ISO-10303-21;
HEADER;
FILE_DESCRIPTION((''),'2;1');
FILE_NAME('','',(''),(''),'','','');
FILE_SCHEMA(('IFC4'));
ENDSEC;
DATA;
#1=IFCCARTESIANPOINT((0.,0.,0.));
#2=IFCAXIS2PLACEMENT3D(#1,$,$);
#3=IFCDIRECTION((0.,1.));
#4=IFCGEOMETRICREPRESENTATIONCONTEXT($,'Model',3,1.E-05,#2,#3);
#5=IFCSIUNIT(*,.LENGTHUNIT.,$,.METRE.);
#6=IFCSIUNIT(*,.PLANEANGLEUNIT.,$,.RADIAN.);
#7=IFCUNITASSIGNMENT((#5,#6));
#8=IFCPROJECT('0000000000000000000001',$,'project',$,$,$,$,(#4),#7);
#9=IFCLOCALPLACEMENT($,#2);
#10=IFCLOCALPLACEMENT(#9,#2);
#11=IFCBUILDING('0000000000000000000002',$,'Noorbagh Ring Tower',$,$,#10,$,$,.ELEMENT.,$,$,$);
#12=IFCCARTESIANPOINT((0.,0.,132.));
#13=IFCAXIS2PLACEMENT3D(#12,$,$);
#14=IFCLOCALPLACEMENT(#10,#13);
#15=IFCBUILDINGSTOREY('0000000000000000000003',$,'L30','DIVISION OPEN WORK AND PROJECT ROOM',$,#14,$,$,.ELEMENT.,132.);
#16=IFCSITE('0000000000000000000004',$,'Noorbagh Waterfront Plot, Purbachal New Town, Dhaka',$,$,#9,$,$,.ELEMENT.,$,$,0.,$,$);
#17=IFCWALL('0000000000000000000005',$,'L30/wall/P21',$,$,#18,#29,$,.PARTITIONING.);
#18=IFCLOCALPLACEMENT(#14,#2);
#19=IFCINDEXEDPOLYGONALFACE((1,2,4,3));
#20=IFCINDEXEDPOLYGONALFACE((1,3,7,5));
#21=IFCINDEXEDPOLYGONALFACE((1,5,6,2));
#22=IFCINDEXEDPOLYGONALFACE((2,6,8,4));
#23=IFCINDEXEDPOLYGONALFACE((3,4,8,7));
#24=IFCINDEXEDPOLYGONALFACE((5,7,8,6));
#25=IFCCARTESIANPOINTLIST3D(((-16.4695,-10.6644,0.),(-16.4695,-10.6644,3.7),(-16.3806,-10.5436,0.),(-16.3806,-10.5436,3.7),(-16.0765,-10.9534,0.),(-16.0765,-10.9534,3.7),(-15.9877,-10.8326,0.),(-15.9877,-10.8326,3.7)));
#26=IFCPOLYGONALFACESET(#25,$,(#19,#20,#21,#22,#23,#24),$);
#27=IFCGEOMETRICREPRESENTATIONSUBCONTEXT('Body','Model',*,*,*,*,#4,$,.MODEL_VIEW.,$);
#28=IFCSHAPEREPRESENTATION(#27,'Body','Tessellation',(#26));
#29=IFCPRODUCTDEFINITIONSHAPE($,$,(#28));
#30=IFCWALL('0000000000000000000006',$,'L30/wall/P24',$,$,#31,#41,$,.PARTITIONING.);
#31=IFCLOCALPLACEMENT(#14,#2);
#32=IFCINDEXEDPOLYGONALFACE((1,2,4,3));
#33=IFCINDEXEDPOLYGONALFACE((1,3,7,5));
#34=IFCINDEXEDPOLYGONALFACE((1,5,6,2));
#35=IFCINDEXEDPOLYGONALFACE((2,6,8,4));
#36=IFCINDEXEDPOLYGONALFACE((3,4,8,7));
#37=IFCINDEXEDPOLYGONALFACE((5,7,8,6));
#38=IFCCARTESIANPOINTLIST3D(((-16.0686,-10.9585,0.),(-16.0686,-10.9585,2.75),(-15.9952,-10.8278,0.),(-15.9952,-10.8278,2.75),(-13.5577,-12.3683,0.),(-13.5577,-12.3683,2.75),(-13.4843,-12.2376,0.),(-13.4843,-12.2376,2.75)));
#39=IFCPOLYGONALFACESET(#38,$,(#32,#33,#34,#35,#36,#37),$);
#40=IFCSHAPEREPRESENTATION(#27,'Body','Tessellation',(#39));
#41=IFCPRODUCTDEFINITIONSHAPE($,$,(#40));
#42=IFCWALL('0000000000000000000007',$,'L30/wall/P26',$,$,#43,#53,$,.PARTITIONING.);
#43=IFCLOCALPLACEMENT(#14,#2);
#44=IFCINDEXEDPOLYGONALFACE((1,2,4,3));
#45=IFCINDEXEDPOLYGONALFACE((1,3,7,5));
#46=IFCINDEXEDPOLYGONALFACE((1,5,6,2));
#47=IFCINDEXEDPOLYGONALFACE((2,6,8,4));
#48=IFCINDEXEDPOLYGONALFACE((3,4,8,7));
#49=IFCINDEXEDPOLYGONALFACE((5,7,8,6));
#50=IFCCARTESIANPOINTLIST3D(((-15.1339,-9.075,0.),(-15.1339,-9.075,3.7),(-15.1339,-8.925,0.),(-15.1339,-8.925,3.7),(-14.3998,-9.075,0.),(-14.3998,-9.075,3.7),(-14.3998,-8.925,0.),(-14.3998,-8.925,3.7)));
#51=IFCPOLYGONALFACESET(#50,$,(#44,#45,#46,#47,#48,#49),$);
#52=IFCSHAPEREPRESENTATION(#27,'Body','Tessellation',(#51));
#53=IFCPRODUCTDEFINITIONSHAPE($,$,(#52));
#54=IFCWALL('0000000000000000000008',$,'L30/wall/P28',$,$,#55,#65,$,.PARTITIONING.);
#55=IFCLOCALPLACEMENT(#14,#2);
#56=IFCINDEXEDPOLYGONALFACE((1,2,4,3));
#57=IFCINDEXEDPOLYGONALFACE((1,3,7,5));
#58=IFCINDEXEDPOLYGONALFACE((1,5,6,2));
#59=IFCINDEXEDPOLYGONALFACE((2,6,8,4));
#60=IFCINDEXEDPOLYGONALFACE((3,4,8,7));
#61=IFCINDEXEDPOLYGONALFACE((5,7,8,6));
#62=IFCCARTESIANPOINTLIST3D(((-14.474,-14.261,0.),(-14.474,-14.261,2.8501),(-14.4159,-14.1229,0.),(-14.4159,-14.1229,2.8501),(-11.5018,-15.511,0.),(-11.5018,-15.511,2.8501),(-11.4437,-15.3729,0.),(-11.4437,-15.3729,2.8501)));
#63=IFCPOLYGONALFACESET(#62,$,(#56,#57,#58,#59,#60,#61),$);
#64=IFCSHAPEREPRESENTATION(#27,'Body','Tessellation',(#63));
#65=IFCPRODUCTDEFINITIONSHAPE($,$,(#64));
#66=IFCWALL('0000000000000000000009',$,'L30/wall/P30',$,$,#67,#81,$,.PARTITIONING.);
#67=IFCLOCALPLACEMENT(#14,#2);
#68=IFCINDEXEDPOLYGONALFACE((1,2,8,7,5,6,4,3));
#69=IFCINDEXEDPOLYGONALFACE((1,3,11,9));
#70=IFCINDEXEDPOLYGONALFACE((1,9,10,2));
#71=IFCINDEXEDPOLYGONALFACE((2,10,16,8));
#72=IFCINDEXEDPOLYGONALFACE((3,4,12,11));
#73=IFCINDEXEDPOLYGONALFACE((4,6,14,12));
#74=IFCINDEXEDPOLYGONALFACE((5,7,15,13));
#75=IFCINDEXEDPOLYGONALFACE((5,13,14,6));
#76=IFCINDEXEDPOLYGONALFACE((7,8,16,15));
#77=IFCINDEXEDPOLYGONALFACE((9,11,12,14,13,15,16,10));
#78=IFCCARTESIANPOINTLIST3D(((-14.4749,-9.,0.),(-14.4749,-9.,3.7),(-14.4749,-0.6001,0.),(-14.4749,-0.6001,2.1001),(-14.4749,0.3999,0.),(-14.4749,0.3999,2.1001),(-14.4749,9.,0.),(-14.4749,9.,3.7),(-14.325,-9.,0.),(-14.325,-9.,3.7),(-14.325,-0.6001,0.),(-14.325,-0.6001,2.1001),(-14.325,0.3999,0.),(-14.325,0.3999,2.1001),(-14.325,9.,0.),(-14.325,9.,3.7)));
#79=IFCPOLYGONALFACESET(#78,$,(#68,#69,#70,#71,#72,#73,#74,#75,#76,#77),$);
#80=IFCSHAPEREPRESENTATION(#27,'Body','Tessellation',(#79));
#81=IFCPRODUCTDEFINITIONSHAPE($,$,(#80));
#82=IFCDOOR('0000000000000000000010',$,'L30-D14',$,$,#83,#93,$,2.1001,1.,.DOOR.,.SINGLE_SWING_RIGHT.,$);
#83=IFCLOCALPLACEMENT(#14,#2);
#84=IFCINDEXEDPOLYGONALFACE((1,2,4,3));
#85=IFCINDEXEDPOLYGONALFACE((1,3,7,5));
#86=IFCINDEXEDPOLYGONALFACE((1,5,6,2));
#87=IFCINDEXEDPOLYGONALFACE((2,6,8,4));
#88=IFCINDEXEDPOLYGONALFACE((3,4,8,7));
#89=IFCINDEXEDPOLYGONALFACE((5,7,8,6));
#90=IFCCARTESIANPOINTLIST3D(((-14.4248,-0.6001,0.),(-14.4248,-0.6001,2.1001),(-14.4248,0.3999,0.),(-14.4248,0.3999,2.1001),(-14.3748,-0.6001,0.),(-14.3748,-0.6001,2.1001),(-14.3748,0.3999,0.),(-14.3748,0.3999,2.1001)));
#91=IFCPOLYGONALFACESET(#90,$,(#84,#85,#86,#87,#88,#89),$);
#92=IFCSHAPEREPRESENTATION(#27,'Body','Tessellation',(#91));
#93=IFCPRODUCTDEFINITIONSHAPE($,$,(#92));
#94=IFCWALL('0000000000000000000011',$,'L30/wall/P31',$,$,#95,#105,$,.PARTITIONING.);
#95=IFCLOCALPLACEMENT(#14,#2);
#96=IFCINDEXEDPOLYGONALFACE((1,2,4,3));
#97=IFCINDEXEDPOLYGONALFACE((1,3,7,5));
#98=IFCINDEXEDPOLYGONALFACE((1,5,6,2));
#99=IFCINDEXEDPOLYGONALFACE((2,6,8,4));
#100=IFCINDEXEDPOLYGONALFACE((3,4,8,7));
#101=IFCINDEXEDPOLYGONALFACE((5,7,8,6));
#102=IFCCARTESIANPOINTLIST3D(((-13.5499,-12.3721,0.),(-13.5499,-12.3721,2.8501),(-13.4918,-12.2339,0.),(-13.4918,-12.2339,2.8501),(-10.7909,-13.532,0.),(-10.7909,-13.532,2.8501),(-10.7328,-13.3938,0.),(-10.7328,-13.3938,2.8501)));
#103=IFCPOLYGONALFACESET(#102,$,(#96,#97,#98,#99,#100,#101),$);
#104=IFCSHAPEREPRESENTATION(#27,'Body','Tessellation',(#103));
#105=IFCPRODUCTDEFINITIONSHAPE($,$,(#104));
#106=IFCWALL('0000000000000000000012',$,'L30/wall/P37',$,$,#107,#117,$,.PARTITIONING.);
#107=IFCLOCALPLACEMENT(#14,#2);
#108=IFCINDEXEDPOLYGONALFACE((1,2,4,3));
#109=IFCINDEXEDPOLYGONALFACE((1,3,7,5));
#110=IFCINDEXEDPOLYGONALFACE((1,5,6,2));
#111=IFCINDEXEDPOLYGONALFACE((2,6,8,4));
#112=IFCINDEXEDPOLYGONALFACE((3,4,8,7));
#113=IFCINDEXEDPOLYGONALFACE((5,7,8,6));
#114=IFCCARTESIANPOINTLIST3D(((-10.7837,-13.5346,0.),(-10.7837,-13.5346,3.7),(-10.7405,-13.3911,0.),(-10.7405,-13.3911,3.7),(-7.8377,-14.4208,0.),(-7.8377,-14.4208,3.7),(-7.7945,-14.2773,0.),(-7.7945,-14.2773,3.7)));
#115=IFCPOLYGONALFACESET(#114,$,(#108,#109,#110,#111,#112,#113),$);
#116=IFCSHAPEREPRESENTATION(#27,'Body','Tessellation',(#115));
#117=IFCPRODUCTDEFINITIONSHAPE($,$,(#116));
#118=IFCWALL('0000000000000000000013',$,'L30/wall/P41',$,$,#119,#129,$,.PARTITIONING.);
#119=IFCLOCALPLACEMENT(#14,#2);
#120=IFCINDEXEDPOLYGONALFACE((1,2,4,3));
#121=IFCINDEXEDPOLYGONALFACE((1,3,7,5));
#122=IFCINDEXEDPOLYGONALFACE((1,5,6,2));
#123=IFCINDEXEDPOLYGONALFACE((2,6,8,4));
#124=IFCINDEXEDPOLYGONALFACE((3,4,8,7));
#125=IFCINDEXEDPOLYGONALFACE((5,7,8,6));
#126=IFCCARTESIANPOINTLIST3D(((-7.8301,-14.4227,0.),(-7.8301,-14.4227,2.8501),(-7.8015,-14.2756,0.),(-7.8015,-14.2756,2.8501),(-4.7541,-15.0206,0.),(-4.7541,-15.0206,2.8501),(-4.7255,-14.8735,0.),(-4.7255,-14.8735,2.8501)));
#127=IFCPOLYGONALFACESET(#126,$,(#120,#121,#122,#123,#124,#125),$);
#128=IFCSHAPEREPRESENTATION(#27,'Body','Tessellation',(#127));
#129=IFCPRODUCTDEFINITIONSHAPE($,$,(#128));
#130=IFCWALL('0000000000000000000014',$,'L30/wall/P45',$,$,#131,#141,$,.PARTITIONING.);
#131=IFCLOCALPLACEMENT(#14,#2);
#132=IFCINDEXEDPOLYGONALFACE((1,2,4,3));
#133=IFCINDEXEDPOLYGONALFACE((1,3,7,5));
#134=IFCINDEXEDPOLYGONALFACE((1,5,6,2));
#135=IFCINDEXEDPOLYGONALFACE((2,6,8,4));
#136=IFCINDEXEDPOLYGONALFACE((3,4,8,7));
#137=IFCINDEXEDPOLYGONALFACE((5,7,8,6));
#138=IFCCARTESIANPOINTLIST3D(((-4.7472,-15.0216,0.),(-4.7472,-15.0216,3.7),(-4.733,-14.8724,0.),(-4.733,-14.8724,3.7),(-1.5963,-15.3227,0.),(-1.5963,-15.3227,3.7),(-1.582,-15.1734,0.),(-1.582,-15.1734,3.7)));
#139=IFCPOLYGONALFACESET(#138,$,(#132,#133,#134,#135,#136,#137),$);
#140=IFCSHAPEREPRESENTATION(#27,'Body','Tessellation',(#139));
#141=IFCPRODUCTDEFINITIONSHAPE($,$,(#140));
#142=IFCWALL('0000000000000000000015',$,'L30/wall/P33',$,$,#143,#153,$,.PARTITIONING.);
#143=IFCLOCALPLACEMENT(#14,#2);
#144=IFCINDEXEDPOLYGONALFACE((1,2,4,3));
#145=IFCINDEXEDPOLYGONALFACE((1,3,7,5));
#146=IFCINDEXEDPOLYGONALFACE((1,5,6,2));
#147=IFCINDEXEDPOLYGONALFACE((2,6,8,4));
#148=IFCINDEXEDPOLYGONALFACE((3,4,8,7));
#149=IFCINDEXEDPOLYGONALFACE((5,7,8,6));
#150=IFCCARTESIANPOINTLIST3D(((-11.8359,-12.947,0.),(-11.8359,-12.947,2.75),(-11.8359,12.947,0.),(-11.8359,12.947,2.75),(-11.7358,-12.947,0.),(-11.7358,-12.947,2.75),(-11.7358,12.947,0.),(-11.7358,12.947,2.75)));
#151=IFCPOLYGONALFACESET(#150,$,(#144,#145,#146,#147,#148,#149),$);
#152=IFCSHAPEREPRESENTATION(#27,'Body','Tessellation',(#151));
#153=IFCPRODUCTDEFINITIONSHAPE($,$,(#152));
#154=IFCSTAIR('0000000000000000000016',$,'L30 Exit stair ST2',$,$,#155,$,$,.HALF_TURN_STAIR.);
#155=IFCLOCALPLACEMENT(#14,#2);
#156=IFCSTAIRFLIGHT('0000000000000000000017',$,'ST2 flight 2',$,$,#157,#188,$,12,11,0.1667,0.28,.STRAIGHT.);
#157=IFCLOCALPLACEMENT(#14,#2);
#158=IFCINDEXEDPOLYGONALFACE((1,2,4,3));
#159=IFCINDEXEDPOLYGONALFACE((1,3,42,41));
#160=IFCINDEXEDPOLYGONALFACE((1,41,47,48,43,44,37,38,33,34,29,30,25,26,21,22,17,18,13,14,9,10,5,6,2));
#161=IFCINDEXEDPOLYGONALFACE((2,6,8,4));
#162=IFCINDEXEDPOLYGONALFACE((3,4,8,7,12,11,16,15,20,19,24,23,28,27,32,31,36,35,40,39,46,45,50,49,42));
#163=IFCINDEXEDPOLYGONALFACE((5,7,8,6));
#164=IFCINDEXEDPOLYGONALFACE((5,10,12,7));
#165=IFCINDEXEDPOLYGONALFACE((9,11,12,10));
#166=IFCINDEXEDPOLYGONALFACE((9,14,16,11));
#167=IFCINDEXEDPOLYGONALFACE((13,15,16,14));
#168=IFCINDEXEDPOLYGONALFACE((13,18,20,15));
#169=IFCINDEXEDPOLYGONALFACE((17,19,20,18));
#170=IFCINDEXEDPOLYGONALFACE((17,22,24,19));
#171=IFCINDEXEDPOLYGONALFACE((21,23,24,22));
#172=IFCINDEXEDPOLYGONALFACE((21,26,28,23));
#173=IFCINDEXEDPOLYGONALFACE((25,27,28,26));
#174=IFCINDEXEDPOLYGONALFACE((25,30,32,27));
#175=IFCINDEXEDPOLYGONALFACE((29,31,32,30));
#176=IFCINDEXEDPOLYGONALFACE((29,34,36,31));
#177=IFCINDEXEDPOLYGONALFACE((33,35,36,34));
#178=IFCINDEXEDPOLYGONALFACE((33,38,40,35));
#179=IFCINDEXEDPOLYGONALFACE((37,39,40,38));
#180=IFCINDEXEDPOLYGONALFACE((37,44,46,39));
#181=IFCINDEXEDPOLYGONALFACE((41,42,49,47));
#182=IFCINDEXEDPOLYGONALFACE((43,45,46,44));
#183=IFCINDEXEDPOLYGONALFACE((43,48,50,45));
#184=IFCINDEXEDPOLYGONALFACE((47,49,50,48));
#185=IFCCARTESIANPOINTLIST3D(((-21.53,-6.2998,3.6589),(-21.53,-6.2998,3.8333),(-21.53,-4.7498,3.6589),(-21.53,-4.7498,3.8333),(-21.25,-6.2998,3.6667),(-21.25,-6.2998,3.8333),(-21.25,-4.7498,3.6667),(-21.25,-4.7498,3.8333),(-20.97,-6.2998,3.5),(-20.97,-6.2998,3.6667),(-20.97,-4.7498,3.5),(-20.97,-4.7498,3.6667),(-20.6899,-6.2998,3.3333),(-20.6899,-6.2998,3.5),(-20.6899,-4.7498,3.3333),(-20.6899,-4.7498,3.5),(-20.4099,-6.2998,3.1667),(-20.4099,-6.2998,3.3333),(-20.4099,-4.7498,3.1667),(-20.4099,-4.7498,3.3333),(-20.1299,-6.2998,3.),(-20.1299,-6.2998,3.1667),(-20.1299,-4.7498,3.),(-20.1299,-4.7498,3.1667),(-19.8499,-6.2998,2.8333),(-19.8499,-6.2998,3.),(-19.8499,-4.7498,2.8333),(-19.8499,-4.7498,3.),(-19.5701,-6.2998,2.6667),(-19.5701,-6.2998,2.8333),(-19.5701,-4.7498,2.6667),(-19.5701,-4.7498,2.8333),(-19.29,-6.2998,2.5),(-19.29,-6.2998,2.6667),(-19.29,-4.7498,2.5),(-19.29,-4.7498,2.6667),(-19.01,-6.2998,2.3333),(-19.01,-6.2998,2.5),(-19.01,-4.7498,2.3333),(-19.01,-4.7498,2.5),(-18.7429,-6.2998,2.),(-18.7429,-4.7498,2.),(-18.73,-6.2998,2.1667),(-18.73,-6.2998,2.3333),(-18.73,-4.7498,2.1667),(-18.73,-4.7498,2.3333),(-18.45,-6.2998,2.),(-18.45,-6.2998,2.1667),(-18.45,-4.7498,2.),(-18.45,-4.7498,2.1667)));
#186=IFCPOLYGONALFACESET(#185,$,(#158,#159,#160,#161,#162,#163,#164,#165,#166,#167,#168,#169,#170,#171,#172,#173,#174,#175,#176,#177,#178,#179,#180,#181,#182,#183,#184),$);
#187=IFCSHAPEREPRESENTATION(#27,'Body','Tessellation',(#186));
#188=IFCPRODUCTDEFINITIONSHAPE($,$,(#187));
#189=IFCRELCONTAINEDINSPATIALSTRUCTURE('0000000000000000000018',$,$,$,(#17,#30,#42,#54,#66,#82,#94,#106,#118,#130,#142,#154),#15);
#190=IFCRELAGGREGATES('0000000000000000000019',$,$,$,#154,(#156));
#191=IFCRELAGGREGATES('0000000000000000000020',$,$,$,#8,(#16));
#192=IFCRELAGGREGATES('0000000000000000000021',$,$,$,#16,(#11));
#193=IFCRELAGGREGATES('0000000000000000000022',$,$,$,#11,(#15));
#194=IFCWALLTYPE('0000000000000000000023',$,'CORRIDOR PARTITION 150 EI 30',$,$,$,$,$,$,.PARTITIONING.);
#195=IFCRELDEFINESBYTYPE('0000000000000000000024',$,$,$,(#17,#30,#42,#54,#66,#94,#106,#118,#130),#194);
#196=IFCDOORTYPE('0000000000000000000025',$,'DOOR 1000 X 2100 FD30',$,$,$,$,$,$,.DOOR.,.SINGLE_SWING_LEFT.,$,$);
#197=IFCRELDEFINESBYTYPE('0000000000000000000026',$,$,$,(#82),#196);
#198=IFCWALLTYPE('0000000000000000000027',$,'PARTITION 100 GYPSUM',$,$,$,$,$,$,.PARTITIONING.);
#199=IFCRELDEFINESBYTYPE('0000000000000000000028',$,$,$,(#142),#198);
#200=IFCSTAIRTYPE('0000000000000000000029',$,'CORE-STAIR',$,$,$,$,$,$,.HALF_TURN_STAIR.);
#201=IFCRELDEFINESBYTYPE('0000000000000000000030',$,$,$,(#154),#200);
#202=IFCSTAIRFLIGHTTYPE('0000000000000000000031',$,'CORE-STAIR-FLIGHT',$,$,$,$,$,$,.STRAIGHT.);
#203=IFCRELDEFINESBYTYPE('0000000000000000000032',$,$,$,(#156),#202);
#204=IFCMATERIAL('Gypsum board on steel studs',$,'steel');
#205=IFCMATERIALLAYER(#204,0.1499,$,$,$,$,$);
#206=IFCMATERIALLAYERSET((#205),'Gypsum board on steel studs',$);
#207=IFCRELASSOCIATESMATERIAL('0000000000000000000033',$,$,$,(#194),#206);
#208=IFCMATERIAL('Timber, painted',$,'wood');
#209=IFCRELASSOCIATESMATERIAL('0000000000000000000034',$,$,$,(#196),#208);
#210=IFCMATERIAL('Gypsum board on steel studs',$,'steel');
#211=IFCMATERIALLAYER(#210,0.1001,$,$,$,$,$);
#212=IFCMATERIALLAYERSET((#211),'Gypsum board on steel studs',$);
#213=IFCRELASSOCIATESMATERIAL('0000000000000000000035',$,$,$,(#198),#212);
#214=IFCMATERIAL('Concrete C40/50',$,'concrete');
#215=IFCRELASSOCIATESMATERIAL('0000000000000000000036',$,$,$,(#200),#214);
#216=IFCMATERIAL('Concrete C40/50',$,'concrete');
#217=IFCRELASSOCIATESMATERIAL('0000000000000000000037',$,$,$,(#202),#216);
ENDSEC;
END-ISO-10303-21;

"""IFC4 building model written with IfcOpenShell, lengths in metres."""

from ifc_helpers import new_model, si_unit, direction, frame, frame_2d, origin, place, context, subcontext, project, spatial, polyline, rectangle, outline, extrude, material, layer, layer_set, type_object, element, fill, aggregate, save


model = new_model("IFC4")

# Units and contexts
model_context = context("Model", 3, precision=1e-05, world=origin(), true_north=direction((0.0, 1.0)))
body_context = subcontext(model_context, "Body", "Model", "MODEL_VIEW")
ifc_project = project(units=[si_unit("LENGTHUNIT", "METRE"), si_unit("PLANEANGLEUNIT", "RADIAN")], contexts=[model_context])

# Site, building, storey
site_placement = place(None, origin())
site = spatial("IfcSite", under=ifc_project, at=site_placement, Name="Noorbagh Waterfront Plot, Purbachal New Town, Dhaka", CompositionType="ELEMENT", RefElevation=0.0)
building_placement = place(site_placement, origin())
building = spatial("IfcBuilding", under=site, at=building_placement, Name="Noorbagh Ring Tower", CompositionType="ELEMENT")
storey_placement = place(building_placement, frame((0.0, 0.0, 132.0)))
storey = spatial("IfcBuildingStorey", under=building, at=storey_placement, Name="L30", Description="DIVISION OPEN WORK AND PROJECT ROOM", CompositionType="ELEMENT", Elevation=132.0)

# Walls
ifc_material_1 = material(Name="Gypsum board on steel studs", Category="steel")
ifc_layer_1 = layer(ifc_material_1, 0.1499)
ifc_layer_set_1 = layer_set([ifc_layer_1], Name="Gypsum board on steel studs")
wall_type_1 = type_object("IfcWallType", Name="CORRIDOR PARTITION 150 EI 30", PredefinedType="PARTITIONING", material=ifc_layer_set_1)
wall_1_placement = place(storey_placement, frame((-16.425, -10.604, 0.0), z_axis=(0.0, 0.0, 1.0), x_axis=(0.805609, -0.592448, 0.0)))
element("IfcWall", 1, at=wall_1_placement, inside=storey, type_object=wall_type_1, Name="L30/wall/P21", PredefinedType="PARTITIONING", context=body_context, shape_type="SweptSolid", body=[
    extrude(rectangle(XDim=0.4878, YDim=0.1499, at=frame_2d((0.2439, 0.0))), origin(), (0.0, 0.0, 1.0), 3.7),
])
wall_2_placement = place(storey_placement, frame((-16.032, -10.8931, 0.0), z_axis=(0.0, 0.0, 1.0), x_axis=(0.871949, -0.489597, 0.0)))
element("IfcWall", 2, at=wall_2_placement, inside=storey, type_object=wall_type_1, Name="L30/wall/P24", PredefinedType="PARTITIONING", context=body_context, shape_type="SweptSolid", body=[
    extrude(rectangle(XDim=2.8796, YDim=0.1499, at=frame_2d((1.4399, 0.0))), origin(), (0.0, 0.0, 1.0), 2.75),
])
wall_3_placement = place(storey_placement, frame((-15.134, -9.0, 0.0), z_axis=(0.0, 0.0, 1.0), x_axis=(1.0, 0.0, 0.0)))
element("IfcWall", 3, at=wall_3_placement, inside=storey, type_object=wall_type_1, Name="L30/wall/P26", PredefinedType="PARTITIONING", context=body_context, shape_type="SweptSolid", body=[
    extrude(rectangle(XDim=0.7341, YDim=0.1499, at=frame_2d((0.3672, 0.0))), origin(), (0.0, 0.0, 1.0), 3.7),
])
wall_4_placement = place(storey_placement, frame((-14.4451, -14.1919, 0.0), z_axis=(0.0, 0.0, 1.0), x_axis=(0.921795, -0.387678, 0.0)))
element("IfcWall", 4, at=wall_4_placement, inside=storey, type_object=wall_type_1, Name="L30/wall/P28", PredefinedType="PARTITIONING", context=body_context, shape_type="SweptSolid", body=[
    extrude(rectangle(XDim=3.2244, YDim=0.1499, at=frame_2d((1.6123, 0.0))), origin(), (0.0, 0.0, 1.0), 2.8501),
])

# Wall, opening, door
wall_5_placement = place(storey_placement, frame((-14.3999, -9.0, 0.0), z_axis=(0.0, 0.0, 1.0), x_axis=(0.0, 1.0, 0.0)))
wall_5 = element("IfcWall", 5, at=wall_5_placement, inside=storey, type_object=wall_type_1, Name="L30/wall/P30", PredefinedType="PARTITIONING", context=body_context, shape_type="SweptSolid", body=[
    extrude(rectangle(XDim=18.0, YDim=0.1499, at=frame_2d((9.0, 0.0))), origin(), (0.0, 0.0, 1.0), 3.7),
])
opening_1_placement = place(wall_5_placement, frame((8.3999, 0.0, 0.0)))
opening_1 = element("IfcOpeningElement", 6, at=opening_1_placement, cuts=wall_5, PredefinedType="OPENING", context=body_context, shape_type="SweptSolid", body=[
    extrude(rectangle(XDim=1.0, YDim=2.1001, at=frame_2d((0.5, 1.05))), frame((0.0, 0.085, 0.0), z_axis=(0.0, -1.0, 0.0), x_axis=(1.0, 0.0, 0.0)), (0.0, 0.0, 1.0), 0.1699),
])
ifc_material_2 = material(Name="Timber, painted", Category="wood")
door_type_1 = type_object("IfcDoorType", Name="DOOR 1000 X 2100 FD30", OperationType="SINGLE_SWING_LEFT", PredefinedType="DOOR", material=ifc_material_2)
door_1_placement = place(opening_1_placement, origin())
door_1 = element("IfcDoor", 7, at=door_1_placement, inside=storey, type_object=door_type_1, Name="L30-D14", OperationType="SINGLE_SWING_RIGHT", OverallHeight=2.1001, OverallWidth=1.0, PredefinedType="DOOR", context=body_context, shape_type="SweptSolid", body=[
    extrude(rectangle(XDim=1.0, YDim=2.1001, at=frame_2d((0.5, 1.05))), frame((0.0, 0.0249, 0.0), z_axis=(0.0, -1.0, 0.0), x_axis=(1.0, 0.0, 0.0)), (0.0, 0.0, 1.0), 0.05),
])
fill(opening_1, door_1)

# Walls
wall_6_placement = place(storey_placement, frame((-13.521, -12.303, 0.0), z_axis=(0.0, 0.0, 1.0), x_axis=(0.921849, -0.38755, 0.0)))
element("IfcWall", 8, at=wall_6_placement, inside=storey, type_object=wall_type_1, Name="L30/wall/P31", PredefinedType="PARTITIONING", context=body_context, shape_type="SweptSolid", body=[
    extrude(rectangle(XDim=2.9929, YDim=0.1499, at=frame_2d((1.4966, 0.0))), origin(), (0.0, 0.0, 1.0), 2.8501),
])
wall_7_placement = place(storey_placement, frame((-10.762, -13.4629, 0.0), z_axis=(0.0, 0.0, 1.0), x_axis=(0.95761, -0.288069, 0.0)))
element("IfcWall", 9, at=wall_7_placement, inside=storey, type_object=wall_type_1, Name="L30/wall/P37", PredefinedType="PARTITIONING", context=body_context, shape_type="SweptSolid", body=[
    extrude(rectangle(XDim=3.0764, YDim=0.1499, at=frame_2d((1.5381, 0.0))), origin(), (0.0, 0.0, 1.0), 3.7),
])
wall_8_placement = place(storey_placement, frame((-7.8159, -14.3491, 0.0), z_axis=(0.0, 0.0, 1.0), x_axis=(0.981627, -0.190809, 0.0)))
element("IfcWall", 10, at=wall_8_placement, inside=storey, type_object=wall_type_1, Name="L30/wall/P41", PredefinedType="PARTITIONING", context=body_context, shape_type="SweptSolid", body=[
    extrude(rectangle(XDim=3.1335, YDim=0.1499, at=frame_2d((1.5669, 0.0))), origin(), (0.0, 0.0, 1.0), 2.8501),
])
wall_9_placement = place(storey_placement, frame((-4.74, -14.947, 0.0), z_axis=(0.0, 0.0, 1.0), x_axis=(0.995467, -0.095104, 0.0)))
element("IfcWall", 11, at=wall_9_placement, inside=storey, type_object=wall_type_1, Name="L30/wall/P45", PredefinedType="PARTITIONING", context=body_context, shape_type="SweptSolid", body=[
    extrude(rectangle(XDim=3.1653, YDim=0.1499, at=frame_2d((1.5825, 0.0))), origin(), (0.0, 0.0, 1.0), 3.7),
])
ifc_material_3 = material(Name="Gypsum board on steel studs", Category="steel")
ifc_layer_2 = layer(ifc_material_3, 0.1001)
ifc_layer_set_2 = layer_set([ifc_layer_2], Name="Gypsum board on steel studs")
wall_type_2 = type_object("IfcWallType", Name="PARTITION 100 GYPSUM", PredefinedType="PARTITIONING", material=ifc_layer_set_2)
wall_10_placement = place(storey_placement, frame((-11.7859, -12.947, 0.0), z_axis=(0.0, 0.0, 1.0), x_axis=(0.0, 1.0, 0.0)))
element("IfcWall", 12, at=wall_10_placement, inside=storey, type_object=wall_type_2, Name="L30/wall/P33", PredefinedType="PARTITIONING", context=body_context, shape_type="SweptSolid", body=[
    extrude(rectangle(XDim=25.894, YDim=0.1001, at=frame_2d((12.947, 0.0))), origin(), (0.0, 0.0, 1.0), 2.75),
])

# Stair, stair flight
ifc_material_4 = material(Name="Concrete C40/50", Category="concrete")
stair_type = type_object("IfcStairType", Name="CORE-STAIR", PredefinedType="HALF_TURN_STAIR", material=ifc_material_4)
stair_placement = place(storey_placement, origin())
stair = element("IfcStair", 13, at=stair_placement, inside=storey, type_object=stair_type, Name="L30 Exit stair ST2", PredefinedType="HALF_TURN_STAIR")
ifc_material_5 = material(Name="Concrete C40/50", Category="concrete")
stair_flight_type = type_object("IfcStairFlightType", Name="CORE-STAIR-FLIGHT", PredefinedType="STRAIGHT", material=ifc_material_5)
stair_flight_placement = place(storey_placement, frame((-18.45, -5.5249, 2.0), z_axis=(0.0, 0.0, 1.0), x_axis=(-1.0, 0.0, 0.0)))
stair_flight = element("IfcStairFlight", 14, at=stair_flight_placement, type_object=stair_flight_type, Name="ST2 flight 2", NumberOfRisers=12, NumberOfTreads=11, PredefinedType="STRAIGHT", RiserHeight=0.1667, TreadLength=0.28, context=body_context, shape_type="SweptSolid", body=[
    extrude(outline(polyline([(0.0, 0.0), (0.0, 0.1667), (0.28, 0.1667), (0.28, 0.3333), (0.5601, 0.3333), (0.5601, 0.5), (0.8401, 0.5), (0.8401, 0.6667), (1.1201, 0.6667), (1.1201, 0.8333), (1.3999, 0.8333), (1.3999, 1.0), (1.6799, 1.0), (1.6799, 1.1667), (1.96, 1.1667), (1.96, 1.3333), (2.24, 1.3333), (2.24, 1.5), (2.52, 1.5), (2.52, 1.6667), (2.8, 1.6667), (2.8, 1.8333), (3.0801, 1.8333), (3.0801, 2.0), (3.0801, 1.6589), (0.293, 0.0), (0.0, 0.0)])), frame((0.0, 0.7749, 0.0), z_axis=(0.0, -1.0, 0.0), x_axis=(1.0, 0.0, 0.0)), (0.0, 0.0, 1.0), 1.55),
])
aggregate(stair, [stair_flight])

save(model, "model.ifc")
